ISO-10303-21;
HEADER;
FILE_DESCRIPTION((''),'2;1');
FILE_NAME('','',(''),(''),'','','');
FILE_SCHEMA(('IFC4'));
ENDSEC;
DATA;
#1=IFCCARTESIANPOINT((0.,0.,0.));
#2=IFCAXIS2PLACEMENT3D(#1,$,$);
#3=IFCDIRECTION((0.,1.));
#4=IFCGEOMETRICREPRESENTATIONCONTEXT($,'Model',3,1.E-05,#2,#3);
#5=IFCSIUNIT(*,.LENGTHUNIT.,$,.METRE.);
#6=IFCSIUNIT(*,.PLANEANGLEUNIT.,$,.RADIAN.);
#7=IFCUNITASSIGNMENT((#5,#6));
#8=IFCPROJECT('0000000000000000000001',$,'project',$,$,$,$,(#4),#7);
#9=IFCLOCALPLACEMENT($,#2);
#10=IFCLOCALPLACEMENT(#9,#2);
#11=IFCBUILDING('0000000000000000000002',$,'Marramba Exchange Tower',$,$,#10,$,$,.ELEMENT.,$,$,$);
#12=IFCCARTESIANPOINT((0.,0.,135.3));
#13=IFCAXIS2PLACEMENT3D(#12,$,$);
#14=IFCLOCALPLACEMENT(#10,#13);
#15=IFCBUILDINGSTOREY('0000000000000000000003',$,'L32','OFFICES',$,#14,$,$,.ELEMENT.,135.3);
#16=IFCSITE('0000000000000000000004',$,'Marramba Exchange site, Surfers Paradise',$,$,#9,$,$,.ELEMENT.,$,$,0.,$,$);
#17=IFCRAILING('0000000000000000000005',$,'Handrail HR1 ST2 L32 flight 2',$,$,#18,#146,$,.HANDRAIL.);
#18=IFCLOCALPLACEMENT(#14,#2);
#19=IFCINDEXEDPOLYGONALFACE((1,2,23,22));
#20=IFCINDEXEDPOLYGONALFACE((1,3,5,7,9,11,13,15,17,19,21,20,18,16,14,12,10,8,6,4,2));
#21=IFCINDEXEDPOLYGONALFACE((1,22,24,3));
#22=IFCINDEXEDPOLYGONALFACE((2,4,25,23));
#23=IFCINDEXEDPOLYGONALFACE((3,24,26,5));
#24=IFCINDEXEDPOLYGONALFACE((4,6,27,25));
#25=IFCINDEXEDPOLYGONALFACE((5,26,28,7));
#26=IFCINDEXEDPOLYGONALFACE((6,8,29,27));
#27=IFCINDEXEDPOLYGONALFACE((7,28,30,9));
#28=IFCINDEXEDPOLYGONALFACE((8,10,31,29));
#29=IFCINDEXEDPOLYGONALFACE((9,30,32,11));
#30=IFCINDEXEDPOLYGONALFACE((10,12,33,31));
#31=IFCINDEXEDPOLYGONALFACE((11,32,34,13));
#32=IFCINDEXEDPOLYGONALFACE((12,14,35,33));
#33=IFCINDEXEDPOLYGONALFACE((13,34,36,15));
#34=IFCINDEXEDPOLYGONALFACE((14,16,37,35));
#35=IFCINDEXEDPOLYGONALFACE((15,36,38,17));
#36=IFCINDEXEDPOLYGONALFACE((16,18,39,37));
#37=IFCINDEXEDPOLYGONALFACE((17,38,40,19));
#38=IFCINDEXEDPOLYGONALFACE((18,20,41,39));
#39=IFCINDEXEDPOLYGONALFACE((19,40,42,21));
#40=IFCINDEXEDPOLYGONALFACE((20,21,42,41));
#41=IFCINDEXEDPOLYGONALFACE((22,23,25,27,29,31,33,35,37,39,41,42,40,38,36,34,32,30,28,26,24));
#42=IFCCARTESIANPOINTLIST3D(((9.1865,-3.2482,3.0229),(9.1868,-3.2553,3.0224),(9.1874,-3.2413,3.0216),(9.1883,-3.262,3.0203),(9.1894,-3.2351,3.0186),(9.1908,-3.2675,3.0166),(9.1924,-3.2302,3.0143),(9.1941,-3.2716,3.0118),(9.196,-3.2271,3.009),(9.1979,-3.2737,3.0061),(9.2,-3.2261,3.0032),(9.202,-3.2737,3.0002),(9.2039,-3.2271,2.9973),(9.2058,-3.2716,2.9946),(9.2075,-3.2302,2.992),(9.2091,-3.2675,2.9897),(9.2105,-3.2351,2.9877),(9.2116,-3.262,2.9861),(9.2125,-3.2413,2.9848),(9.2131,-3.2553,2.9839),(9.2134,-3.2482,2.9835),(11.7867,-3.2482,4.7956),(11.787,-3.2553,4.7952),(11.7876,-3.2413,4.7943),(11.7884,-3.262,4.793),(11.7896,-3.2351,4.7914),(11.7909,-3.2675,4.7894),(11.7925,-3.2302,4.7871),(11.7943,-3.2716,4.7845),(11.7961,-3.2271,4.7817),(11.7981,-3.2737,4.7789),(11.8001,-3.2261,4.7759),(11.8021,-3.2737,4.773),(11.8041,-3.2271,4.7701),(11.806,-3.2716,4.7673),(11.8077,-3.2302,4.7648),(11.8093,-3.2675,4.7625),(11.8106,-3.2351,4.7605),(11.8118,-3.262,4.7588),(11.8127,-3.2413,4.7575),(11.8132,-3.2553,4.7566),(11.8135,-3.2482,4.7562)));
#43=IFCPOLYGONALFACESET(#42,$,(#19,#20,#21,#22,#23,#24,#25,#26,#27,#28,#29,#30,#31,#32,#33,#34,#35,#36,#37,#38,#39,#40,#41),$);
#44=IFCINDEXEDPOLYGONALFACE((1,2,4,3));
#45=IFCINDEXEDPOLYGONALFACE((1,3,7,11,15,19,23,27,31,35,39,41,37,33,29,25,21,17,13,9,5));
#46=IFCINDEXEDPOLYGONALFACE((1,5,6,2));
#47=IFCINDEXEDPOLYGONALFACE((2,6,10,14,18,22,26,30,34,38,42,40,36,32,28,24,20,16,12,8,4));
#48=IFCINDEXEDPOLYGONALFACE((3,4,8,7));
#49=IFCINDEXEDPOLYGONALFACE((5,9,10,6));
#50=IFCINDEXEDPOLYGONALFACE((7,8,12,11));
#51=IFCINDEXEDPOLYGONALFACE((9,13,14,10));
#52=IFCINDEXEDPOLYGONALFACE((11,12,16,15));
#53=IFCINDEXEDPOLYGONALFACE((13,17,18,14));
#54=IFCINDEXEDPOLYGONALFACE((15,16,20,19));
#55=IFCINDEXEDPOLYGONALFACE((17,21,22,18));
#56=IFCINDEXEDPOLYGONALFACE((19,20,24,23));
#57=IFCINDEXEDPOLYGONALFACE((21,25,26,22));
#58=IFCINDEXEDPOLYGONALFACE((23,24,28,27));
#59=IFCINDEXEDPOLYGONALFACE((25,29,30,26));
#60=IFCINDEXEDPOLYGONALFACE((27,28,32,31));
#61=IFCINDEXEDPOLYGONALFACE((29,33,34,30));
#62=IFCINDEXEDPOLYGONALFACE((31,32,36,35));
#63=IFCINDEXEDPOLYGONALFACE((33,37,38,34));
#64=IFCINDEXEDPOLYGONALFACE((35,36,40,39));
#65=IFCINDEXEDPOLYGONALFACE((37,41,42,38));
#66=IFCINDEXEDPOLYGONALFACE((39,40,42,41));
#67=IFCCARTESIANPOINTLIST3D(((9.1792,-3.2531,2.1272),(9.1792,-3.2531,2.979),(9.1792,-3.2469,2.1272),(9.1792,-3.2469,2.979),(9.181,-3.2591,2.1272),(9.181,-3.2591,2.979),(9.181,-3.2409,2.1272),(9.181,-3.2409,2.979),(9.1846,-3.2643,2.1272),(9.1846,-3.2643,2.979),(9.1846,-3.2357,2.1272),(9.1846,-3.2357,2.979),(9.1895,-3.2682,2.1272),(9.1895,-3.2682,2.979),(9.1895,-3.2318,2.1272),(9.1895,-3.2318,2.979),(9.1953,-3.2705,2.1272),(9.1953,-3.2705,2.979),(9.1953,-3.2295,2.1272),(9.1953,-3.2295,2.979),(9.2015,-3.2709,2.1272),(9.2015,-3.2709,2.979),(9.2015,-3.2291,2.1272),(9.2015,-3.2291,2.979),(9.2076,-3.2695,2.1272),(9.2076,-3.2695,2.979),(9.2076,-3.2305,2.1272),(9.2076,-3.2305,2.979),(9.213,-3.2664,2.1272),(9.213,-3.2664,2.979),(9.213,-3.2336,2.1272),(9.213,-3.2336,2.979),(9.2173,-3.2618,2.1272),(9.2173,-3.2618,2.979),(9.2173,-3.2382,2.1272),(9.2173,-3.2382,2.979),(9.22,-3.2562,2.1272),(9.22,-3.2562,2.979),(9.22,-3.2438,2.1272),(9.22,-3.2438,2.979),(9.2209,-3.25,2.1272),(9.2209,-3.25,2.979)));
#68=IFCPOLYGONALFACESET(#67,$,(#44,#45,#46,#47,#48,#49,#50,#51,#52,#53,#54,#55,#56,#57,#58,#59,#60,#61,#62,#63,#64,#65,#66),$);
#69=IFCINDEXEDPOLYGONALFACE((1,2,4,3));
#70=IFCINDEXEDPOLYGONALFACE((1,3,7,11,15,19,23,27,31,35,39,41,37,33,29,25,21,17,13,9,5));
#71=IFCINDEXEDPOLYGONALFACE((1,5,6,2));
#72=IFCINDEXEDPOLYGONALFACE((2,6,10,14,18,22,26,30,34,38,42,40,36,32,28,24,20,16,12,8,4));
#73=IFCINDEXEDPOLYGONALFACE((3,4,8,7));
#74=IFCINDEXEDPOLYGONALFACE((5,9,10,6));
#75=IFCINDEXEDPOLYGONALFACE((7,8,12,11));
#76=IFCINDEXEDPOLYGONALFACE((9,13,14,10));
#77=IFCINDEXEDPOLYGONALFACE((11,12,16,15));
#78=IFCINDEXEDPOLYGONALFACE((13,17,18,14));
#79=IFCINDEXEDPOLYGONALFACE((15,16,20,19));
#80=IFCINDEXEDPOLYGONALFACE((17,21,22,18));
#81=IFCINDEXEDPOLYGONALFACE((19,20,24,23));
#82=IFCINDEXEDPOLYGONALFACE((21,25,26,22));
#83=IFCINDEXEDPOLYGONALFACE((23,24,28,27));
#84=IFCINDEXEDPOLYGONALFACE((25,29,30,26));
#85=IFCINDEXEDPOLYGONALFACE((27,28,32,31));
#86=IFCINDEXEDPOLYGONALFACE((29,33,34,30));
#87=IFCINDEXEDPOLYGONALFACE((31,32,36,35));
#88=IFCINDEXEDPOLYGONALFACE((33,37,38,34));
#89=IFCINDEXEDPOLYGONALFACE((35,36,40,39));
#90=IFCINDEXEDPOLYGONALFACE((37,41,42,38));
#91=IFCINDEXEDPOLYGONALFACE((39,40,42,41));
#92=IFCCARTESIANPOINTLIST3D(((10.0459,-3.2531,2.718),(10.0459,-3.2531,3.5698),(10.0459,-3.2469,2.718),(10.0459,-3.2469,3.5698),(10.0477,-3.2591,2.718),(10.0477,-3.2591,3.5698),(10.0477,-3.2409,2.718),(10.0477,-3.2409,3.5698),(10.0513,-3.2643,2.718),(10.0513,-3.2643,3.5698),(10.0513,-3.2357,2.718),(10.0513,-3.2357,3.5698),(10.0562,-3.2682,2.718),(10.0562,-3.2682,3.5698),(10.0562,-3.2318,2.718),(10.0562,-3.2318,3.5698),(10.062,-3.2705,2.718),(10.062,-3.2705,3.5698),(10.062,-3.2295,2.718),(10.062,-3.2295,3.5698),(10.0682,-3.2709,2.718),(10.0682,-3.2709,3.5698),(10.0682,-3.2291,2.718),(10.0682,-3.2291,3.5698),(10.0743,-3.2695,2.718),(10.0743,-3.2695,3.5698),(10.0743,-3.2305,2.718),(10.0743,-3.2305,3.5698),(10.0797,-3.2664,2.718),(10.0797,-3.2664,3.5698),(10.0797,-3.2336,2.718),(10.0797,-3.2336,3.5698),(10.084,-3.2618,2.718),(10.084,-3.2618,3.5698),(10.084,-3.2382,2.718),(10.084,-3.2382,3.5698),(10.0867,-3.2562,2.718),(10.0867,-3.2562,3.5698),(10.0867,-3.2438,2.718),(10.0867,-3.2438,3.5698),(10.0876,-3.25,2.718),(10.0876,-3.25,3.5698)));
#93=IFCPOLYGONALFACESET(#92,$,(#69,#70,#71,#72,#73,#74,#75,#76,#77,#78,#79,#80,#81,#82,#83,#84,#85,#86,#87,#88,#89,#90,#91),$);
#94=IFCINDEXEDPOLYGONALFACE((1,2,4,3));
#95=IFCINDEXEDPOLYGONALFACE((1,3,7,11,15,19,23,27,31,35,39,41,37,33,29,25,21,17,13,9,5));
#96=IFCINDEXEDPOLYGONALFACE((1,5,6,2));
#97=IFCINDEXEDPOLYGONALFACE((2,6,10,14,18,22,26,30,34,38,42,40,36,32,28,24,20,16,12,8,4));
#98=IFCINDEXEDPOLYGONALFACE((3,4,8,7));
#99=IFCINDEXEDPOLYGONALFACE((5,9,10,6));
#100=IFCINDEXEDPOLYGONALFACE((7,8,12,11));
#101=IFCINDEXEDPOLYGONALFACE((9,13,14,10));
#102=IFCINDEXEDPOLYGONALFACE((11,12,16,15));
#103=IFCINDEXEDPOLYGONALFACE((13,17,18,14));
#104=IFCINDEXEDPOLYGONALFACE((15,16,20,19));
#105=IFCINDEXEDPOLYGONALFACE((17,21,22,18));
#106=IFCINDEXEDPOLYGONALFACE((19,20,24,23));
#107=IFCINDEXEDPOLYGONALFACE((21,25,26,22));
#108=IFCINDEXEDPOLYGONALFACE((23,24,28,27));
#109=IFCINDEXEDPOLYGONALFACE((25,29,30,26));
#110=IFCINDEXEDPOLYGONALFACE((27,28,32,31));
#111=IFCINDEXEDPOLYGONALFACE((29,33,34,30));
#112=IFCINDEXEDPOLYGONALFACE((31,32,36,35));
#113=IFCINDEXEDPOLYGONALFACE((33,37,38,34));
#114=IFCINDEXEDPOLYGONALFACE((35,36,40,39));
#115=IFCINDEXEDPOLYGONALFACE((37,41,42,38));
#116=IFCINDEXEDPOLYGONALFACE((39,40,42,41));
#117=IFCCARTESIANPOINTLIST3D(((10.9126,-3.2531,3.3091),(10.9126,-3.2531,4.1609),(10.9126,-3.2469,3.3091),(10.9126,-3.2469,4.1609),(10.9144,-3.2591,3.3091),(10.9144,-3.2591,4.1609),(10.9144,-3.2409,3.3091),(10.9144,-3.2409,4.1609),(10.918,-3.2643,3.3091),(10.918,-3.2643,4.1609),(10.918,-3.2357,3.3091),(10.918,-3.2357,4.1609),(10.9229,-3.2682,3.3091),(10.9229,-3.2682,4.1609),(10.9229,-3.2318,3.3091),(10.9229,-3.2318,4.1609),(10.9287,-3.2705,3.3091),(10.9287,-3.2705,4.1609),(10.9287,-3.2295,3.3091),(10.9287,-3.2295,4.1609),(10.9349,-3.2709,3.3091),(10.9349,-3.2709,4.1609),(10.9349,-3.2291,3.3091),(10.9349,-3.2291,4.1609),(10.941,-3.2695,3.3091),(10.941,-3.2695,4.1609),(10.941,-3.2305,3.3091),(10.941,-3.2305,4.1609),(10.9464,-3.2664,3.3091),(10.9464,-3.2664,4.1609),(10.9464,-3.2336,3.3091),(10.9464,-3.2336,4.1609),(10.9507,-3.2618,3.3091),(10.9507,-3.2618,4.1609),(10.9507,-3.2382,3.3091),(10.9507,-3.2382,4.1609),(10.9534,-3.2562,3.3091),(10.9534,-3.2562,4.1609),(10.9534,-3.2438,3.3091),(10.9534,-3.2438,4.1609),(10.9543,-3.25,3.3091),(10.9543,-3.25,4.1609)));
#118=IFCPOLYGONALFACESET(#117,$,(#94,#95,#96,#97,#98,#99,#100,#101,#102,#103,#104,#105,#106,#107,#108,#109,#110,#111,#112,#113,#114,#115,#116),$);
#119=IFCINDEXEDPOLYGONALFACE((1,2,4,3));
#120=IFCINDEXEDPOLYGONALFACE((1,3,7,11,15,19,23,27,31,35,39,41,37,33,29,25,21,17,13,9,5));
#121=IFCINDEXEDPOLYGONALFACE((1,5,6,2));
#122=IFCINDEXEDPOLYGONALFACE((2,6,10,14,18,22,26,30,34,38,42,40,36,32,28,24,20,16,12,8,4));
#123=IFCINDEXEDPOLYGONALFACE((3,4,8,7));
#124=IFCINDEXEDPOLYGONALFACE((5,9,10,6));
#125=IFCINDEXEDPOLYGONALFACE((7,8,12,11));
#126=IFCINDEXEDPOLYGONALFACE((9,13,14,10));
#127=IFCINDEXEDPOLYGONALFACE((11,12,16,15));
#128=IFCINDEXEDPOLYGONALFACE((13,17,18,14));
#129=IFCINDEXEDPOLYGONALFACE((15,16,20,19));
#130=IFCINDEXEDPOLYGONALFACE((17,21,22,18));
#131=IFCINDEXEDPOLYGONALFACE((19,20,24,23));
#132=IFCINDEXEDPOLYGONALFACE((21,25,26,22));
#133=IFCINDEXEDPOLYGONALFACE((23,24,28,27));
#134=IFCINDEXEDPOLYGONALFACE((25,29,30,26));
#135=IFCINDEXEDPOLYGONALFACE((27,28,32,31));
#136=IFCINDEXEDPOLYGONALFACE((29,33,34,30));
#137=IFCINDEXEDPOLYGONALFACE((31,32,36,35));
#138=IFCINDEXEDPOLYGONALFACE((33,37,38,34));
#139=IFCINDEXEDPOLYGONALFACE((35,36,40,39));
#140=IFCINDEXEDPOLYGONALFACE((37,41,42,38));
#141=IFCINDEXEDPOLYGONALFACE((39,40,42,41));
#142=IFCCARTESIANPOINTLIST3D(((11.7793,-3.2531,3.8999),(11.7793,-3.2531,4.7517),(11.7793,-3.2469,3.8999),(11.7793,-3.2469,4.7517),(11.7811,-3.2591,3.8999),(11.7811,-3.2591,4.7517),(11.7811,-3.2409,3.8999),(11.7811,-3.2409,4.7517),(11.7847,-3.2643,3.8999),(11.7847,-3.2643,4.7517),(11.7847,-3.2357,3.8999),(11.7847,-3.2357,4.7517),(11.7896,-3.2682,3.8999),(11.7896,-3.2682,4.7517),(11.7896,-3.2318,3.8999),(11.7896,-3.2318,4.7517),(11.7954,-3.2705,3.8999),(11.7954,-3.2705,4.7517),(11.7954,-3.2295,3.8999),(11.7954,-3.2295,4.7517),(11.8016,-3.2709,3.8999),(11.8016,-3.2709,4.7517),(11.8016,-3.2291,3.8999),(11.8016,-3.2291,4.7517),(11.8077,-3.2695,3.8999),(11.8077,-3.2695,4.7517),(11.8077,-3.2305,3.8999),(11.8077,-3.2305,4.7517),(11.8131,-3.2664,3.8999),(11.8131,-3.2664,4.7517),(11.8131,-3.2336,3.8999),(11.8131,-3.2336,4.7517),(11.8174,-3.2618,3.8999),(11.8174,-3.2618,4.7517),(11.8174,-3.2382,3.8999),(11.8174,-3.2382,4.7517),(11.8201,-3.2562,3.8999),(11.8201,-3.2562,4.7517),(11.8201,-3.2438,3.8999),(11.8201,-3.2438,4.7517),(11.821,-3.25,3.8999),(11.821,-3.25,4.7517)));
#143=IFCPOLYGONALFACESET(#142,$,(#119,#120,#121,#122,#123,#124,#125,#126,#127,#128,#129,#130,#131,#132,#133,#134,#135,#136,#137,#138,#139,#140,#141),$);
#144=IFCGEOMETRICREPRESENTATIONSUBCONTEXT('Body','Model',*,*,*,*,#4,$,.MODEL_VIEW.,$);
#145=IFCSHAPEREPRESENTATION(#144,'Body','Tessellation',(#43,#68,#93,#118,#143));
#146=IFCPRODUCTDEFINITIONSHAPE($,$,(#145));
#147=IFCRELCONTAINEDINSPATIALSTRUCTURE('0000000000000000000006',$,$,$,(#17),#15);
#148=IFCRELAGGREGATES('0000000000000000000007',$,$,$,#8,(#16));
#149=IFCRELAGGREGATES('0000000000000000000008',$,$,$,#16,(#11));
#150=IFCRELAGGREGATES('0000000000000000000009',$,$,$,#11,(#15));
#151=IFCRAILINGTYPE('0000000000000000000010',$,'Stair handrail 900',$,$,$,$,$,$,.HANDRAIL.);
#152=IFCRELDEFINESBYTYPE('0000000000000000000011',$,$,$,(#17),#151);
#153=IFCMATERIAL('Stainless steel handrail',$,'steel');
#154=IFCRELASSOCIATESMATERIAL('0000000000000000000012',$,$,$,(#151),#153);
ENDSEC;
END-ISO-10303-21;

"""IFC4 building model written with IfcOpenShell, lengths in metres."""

from ifc_helpers import new_model, si_unit, direction, frame, origin, origin_2d, place, context, subcontext, project, spatial, circle, extrude, material, type_object, element, save


model = new_model("IFC4")

# Units and contexts
model_context = context("Model", 3, precision=1e-05, world=origin(), true_north=direction((0.0, 1.0)))
body_context = subcontext(model_context, "Body", "Model", "MODEL_VIEW")
ifc_project = project(units=[si_unit("LENGTHUNIT", "METRE"), si_unit("PLANEANGLEUNIT", "RADIAN")], contexts=[model_context])

# Site, building, storey
site_placement = place(None, origin())
site = spatial("IfcSite", under=ifc_project, at=site_placement, Name="Marramba Exchange site, Surfers Paradise", CompositionType="ELEMENT", RefElevation=0.0)
building_placement = place(site_placement, origin())
building = spatial("IfcBuilding", under=site, at=building_placement, Name="Marramba Exchange Tower", CompositionType="ELEMENT")
storey_placement = place(building_placement, frame((0.0, 0.0, 135.3)))
storey = spatial("IfcBuildingStorey", under=building, at=storey_placement, Name="L32", Description="OFFICES", CompositionType="ELEMENT", Elevation=135.3)

# Railing
ifc_material_1 = material(Name="Stainless steel handrail", Category="steel")
railing_type = type_object("IfcRailingType", Name="Stair handrail 900", PredefinedType="HANDRAIL", material=ifc_material_1)
railing_placement = place(storey_placement, frame((9.2, -3.25, 2.1272)))
element("IfcRailing", 1, at=railing_placement, inside=storey, type_object=railing_type, Name="Handrail HR1 ST2 L32 flight 2", PredefinedType="HANDRAIL", context=body_context, shape_type="SweptSolid", body=[
    extrude(circle(Radius=0.0239, at=origin_2d()), frame((0.0, 0.0, 0.876), z_axis=(0.82624, 0.0, 0.563318), x_axis=(0.0, 1.0, 0.0)), (0.0, 0.0, 1.0), 3.147),
    extrude(circle(Radius=0.021, at=origin_2d()), origin(), (0.0, 0.0, 1.0), 0.8518),
    extrude(circle(Radius=0.021, at=origin_2d()), frame((0.8667, 0.0, 0.5908)), (0.0, 0.0, 1.0), 0.8518),
    extrude(circle(Radius=0.021, at=origin_2d()), frame((1.7334, 0.0, 1.1819)), (0.0, 0.0, 1.0), 0.8518),
    extrude(circle(Radius=0.021, at=origin_2d()), frame((2.6001, 0.0, 1.7727)), (0.0, 0.0, 1.0), 0.8518),
])

save(model, "model.ifc")
